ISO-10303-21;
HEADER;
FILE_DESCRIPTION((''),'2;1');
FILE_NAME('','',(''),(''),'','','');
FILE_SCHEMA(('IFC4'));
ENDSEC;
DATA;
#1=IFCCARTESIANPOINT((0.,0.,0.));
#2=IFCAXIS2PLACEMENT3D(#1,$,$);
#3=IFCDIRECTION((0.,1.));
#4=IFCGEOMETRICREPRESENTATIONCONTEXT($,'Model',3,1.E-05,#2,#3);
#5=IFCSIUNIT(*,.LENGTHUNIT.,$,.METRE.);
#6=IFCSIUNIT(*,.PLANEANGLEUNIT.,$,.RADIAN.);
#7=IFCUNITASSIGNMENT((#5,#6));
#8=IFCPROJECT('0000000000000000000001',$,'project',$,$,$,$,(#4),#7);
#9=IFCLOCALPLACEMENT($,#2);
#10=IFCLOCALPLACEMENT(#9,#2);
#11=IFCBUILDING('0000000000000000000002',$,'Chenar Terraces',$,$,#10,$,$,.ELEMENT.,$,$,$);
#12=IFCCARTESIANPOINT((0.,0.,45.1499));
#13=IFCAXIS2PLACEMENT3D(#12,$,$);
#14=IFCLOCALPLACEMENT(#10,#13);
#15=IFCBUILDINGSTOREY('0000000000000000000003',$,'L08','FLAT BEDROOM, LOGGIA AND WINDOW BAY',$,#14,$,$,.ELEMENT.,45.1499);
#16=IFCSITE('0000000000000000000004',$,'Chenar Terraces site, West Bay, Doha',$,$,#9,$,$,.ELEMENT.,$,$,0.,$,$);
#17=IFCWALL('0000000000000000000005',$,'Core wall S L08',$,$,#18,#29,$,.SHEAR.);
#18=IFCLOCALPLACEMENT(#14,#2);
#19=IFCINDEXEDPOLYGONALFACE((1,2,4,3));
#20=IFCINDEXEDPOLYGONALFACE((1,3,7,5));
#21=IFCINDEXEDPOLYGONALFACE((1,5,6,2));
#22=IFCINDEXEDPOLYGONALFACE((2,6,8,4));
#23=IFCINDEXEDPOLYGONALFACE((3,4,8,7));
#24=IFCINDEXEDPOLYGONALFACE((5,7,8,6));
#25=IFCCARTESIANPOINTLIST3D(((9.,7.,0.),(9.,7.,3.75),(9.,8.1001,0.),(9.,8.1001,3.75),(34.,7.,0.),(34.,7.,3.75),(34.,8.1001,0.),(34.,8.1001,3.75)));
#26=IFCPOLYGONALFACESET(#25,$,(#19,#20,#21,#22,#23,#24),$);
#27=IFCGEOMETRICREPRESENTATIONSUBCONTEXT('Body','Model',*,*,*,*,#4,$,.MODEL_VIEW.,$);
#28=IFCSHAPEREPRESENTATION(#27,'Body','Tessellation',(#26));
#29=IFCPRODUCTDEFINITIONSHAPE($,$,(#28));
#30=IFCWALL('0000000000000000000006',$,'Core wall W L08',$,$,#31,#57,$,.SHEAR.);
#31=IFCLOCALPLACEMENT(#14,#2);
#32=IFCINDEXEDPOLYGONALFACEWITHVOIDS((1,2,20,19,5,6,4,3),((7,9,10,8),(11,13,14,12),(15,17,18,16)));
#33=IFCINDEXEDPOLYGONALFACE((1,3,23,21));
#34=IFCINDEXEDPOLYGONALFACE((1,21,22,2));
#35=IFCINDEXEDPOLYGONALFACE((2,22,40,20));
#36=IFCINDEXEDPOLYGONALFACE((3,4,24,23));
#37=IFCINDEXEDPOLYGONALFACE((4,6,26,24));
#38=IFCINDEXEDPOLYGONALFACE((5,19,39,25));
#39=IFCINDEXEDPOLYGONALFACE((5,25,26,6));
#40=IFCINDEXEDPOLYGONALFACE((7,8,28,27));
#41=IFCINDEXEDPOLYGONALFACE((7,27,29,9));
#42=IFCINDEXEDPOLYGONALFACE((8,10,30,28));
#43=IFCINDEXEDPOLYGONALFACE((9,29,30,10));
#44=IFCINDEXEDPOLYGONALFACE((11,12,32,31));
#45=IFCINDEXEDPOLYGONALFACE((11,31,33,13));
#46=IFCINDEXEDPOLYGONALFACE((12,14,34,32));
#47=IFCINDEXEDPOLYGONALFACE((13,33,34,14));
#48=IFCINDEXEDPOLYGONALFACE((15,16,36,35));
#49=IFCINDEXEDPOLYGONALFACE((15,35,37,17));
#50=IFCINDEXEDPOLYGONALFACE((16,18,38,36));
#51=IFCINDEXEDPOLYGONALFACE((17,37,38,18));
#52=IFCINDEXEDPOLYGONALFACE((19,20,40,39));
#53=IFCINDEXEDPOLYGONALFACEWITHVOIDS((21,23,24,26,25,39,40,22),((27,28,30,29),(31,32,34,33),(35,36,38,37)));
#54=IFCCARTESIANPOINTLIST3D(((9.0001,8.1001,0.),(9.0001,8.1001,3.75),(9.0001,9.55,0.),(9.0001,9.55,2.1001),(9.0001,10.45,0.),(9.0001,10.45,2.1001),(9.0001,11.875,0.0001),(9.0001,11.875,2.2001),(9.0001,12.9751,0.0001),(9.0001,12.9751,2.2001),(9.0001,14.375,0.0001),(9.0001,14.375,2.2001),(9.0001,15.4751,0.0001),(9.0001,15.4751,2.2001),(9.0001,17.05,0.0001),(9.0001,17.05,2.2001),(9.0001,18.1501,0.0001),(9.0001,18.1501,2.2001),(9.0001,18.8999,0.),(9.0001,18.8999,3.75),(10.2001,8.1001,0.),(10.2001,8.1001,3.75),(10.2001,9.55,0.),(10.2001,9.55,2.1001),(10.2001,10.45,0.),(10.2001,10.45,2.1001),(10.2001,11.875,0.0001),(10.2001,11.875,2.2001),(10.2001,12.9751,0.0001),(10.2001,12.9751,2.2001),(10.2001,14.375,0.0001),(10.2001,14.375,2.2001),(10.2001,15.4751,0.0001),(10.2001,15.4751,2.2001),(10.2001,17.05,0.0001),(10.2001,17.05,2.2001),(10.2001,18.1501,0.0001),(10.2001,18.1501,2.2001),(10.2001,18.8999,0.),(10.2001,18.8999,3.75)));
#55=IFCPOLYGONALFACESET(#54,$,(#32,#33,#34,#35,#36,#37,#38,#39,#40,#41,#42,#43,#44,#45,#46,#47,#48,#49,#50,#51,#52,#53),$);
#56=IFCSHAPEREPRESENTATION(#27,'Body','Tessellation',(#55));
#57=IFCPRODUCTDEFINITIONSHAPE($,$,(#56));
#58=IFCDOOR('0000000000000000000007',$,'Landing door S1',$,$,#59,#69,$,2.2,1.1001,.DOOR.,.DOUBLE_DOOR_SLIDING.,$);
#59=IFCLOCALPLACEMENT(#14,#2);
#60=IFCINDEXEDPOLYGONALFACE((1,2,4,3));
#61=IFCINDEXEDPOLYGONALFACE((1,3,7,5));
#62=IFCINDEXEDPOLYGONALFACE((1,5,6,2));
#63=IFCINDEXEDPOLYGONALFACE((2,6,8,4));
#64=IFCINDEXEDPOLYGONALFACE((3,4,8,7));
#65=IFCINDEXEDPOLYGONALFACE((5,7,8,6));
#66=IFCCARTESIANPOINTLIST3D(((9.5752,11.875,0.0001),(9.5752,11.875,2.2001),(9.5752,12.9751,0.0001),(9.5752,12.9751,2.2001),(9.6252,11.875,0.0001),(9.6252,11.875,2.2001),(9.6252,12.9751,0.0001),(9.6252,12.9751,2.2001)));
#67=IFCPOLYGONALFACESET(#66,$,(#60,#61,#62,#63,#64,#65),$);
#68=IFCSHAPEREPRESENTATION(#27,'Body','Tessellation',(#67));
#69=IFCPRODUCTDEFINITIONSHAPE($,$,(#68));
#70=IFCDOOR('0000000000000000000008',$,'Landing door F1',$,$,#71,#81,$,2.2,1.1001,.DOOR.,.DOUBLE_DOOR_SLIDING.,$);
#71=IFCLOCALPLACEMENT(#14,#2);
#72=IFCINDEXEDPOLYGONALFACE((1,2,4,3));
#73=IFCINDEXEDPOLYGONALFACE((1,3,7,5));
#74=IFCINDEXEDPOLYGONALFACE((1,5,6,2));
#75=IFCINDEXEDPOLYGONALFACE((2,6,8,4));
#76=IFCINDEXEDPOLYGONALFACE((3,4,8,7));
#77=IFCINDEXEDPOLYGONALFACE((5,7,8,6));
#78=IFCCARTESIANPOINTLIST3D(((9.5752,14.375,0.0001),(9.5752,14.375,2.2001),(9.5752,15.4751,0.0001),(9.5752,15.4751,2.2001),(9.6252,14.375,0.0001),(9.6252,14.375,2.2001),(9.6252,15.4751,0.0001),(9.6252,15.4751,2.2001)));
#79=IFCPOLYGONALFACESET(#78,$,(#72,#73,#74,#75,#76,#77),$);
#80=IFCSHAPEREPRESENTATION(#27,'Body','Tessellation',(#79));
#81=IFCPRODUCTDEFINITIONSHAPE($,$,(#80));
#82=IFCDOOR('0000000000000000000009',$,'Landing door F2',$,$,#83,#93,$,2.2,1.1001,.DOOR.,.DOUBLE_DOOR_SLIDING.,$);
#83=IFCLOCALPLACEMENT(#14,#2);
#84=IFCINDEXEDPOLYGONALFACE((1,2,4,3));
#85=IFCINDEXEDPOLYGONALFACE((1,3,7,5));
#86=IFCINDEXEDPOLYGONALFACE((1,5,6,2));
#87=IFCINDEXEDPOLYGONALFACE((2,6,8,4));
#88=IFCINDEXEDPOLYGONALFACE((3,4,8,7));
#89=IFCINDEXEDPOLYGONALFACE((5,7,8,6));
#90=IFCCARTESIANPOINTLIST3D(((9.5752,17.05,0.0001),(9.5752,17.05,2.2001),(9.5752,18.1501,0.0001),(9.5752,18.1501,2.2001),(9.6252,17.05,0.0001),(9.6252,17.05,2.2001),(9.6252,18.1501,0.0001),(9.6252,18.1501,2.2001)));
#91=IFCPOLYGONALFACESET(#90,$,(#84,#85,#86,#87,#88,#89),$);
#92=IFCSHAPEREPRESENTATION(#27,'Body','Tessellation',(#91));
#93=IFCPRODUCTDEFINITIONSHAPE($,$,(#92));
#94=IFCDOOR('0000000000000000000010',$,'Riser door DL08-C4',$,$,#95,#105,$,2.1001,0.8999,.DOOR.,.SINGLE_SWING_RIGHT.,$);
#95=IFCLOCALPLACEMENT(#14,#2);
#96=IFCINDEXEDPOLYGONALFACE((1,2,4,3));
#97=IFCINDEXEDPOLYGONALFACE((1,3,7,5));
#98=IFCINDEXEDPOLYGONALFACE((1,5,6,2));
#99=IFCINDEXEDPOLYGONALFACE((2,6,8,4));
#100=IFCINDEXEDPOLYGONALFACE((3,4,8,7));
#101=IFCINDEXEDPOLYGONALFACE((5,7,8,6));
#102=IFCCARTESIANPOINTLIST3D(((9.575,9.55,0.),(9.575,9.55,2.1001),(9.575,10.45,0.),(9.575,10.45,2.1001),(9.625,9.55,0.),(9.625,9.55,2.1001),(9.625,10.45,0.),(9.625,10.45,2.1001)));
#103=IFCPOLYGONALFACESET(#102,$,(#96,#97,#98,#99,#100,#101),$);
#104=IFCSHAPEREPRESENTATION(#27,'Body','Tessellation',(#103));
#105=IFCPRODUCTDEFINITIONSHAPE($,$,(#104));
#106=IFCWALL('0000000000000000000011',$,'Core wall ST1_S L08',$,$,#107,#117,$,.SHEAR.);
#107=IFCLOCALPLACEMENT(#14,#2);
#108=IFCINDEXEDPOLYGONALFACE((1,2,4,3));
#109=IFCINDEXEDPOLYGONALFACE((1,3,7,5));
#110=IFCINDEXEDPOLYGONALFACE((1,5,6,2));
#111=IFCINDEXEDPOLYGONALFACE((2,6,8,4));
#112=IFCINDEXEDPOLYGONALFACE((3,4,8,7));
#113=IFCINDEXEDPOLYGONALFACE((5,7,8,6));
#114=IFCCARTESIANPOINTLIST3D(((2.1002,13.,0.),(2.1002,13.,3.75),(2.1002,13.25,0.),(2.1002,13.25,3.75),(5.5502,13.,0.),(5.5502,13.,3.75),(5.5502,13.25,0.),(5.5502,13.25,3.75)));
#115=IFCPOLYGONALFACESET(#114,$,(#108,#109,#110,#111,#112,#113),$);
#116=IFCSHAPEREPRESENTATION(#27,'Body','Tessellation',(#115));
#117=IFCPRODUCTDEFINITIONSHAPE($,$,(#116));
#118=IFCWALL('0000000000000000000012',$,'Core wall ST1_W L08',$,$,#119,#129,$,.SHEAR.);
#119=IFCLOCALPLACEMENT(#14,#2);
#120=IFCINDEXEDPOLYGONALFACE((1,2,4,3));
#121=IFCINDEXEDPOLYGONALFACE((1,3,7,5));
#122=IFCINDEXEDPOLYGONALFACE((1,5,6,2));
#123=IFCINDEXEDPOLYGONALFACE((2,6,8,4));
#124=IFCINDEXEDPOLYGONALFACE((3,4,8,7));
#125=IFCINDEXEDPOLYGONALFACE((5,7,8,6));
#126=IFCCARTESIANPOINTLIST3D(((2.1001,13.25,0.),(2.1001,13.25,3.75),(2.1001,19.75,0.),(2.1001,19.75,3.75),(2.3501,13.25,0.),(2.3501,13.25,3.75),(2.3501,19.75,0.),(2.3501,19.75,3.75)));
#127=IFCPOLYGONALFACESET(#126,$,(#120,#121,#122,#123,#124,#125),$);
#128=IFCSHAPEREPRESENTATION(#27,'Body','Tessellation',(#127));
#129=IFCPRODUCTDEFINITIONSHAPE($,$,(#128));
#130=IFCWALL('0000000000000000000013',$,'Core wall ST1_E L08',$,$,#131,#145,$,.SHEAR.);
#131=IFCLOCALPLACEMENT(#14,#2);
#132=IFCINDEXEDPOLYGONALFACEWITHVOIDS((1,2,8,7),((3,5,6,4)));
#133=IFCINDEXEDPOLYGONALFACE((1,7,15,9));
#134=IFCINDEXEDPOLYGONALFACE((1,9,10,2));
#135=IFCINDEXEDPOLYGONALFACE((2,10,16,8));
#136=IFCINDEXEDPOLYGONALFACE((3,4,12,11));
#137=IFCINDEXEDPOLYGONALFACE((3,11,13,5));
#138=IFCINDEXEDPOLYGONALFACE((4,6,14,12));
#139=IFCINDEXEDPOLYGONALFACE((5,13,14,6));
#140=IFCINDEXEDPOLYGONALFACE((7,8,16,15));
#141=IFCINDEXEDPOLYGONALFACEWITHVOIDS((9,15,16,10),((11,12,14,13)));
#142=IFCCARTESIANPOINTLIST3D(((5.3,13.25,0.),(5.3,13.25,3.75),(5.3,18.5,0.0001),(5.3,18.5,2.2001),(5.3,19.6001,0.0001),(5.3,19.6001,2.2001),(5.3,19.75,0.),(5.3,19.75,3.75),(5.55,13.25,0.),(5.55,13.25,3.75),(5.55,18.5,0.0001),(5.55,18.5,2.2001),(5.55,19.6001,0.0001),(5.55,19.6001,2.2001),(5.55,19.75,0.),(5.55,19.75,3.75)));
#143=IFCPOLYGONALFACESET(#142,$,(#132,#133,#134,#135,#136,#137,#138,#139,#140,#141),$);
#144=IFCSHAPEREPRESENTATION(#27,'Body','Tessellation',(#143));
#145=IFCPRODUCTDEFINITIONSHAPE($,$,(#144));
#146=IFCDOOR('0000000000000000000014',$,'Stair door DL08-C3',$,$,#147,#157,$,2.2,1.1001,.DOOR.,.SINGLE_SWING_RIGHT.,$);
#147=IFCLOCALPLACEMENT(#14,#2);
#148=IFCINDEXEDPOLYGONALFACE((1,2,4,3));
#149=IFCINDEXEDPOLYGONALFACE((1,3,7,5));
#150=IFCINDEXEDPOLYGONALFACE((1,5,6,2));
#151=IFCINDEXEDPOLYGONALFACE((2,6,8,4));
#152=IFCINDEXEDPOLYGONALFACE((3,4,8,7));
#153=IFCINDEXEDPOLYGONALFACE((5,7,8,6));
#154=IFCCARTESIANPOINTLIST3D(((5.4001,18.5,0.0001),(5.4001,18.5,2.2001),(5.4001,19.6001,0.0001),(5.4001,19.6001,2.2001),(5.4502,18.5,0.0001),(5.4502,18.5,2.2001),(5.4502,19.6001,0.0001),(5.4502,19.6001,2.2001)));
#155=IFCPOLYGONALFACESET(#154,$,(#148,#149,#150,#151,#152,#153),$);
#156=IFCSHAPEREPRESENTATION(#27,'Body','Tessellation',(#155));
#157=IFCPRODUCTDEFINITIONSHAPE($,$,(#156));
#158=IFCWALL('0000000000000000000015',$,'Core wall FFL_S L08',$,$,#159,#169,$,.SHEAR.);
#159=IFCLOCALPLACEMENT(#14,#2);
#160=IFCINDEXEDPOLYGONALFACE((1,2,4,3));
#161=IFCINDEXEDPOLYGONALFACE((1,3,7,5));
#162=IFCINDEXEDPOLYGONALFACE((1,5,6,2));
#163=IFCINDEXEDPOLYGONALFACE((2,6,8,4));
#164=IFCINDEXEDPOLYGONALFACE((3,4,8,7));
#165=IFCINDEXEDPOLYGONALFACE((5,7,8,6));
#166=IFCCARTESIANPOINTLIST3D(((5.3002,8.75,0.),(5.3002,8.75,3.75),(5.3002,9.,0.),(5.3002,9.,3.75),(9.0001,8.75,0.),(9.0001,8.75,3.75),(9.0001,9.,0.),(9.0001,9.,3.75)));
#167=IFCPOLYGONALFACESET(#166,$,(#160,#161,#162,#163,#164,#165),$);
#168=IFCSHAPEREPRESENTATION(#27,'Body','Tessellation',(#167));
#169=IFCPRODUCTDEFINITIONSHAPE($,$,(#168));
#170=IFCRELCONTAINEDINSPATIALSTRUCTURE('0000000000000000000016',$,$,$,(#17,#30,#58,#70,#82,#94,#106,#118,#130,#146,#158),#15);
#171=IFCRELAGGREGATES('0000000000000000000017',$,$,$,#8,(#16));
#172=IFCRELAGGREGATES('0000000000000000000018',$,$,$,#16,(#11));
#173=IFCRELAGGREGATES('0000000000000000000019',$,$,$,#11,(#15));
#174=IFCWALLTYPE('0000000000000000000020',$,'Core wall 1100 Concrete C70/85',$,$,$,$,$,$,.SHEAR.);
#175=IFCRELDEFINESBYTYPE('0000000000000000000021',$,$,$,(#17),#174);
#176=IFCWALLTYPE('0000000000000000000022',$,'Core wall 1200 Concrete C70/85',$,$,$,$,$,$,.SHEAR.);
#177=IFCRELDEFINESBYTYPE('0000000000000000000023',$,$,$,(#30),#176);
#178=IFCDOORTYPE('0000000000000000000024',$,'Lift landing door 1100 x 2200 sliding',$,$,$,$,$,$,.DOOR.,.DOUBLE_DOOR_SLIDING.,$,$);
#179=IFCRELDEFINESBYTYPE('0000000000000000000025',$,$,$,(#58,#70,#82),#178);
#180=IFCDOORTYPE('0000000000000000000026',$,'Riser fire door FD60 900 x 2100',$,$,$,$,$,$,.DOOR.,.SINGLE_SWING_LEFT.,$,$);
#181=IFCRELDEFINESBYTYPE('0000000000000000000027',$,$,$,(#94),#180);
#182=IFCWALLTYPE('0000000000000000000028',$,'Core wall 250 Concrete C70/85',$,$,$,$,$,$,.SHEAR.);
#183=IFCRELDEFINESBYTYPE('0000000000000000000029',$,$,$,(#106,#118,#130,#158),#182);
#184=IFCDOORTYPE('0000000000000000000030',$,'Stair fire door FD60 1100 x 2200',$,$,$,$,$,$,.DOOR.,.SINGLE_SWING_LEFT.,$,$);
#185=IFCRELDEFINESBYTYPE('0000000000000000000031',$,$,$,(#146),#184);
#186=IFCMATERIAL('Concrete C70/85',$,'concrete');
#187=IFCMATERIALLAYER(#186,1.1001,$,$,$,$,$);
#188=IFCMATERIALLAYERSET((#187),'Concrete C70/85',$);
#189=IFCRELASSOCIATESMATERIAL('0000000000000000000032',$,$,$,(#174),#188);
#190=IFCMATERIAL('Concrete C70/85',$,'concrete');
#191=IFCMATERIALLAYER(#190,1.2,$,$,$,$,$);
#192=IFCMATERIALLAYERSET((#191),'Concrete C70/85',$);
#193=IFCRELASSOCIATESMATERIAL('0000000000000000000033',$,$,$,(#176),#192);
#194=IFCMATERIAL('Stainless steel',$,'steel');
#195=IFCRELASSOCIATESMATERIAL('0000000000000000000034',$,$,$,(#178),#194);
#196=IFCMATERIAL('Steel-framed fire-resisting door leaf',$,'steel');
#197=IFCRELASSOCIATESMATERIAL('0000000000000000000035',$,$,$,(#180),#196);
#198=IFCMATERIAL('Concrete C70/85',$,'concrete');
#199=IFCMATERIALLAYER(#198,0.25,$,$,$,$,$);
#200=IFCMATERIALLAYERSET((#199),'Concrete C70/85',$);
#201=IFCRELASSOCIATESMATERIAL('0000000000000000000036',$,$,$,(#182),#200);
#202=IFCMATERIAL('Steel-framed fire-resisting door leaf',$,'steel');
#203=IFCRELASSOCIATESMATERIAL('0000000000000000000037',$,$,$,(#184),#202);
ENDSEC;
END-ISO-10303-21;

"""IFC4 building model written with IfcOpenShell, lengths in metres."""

from ifc_helpers import new_model, si_unit, direction, frame, frame_2d, origin, place, context, subcontext, project, spatial, rectangle, extrude, material, layer, layer_set, type_object, element, fill, save


model = new_model("IFC4")

# Units and contexts
model_context = context("Model", 3, precision=1e-05, world=origin(), true_north=direction((0.0, 1.0)))
body_context = subcontext(model_context, "Body", "Model", "MODEL_VIEW")
ifc_project = project(units=[si_unit("LENGTHUNIT", "METRE"), si_unit("PLANEANGLEUNIT", "RADIAN")], contexts=[model_context])

# Site, building, storey
site_placement = place(None, origin())
site = spatial("IfcSite", under=ifc_project, at=site_placement, Name="Chenar Terraces site, West Bay, Doha", CompositionType="ELEMENT", RefElevation=0.0)
building_placement = place(site_placement, origin())
building = spatial("IfcBuilding", under=site, at=building_placement, Name="Chenar Terraces", CompositionType="ELEMENT")
storey_placement = place(building_placement, frame((0.0, 0.0, 45.1499)))
storey = spatial("IfcBuildingStorey", under=building, at=storey_placement, Name="L08", Description="FLAT BEDROOM, LOGGIA AND WINDOW BAY", CompositionType="ELEMENT", Elevation=45.1499)

# Wall
ifc_material_1 = material(Name="Concrete C70/85", Category="concrete")
ifc_layer_1 = layer(ifc_material_1, 1.1001)
ifc_layer_set_1 = layer_set([ifc_layer_1], Name="Concrete C70/85")
wall_type_1 = type_object("IfcWallType", Name="Core wall 1100 Concrete C70/85", PredefinedType="SHEAR", material=ifc_layer_set_1)
wall_1_placement = place(storey_placement, frame((9.0, 7.55, 0.0), z_axis=(0.0, 0.0, 1.0), x_axis=(1.0, 0.0, 0.0)))
element("IfcWall", 1, at=wall_1_placement, inside=storey, type_object=wall_type_1, Name="Core wall S L08", PredefinedType="SHEAR", context=body_context, shape_type="SweptSolid", body=[
    extrude(rectangle(XDim=25.0, YDim=1.1001, at=frame_2d((12.5, 0.0))), origin(), (0.0, 0.0, 1.0), 3.75),
])

# Wall, openings, doors
ifc_material_2 = material(Name="Concrete C70/85", Category="concrete")
ifc_layer_2 = layer(ifc_material_2, 1.2)
ifc_layer_set_2 = layer_set([ifc_layer_2], Name="Concrete C70/85")
wall_type_2 = type_object("IfcWallType", Name="Core wall 1200 Concrete C70/85", PredefinedType="SHEAR", material=ifc_layer_set_2)
wall_2_placement = place(storey_placement, frame((9.6001, 8.1001, 0.0), z_axis=(0.0, 0.0, 1.0), x_axis=(0.0, 1.0, 0.0)))
wall_2 = element("IfcWall", 2, at=wall_2_placement, inside=storey, type_object=wall_type_2, Name="Core wall W L08", PredefinedType="SHEAR", context=body_context, shape_type="SweptSolid", body=[
    extrude(rectangle(XDim=10.7998, YDim=1.2, at=frame_2d((5.3999, 0.0))), origin(), (0.0, 0.0, 1.0), 3.75),
])
opening_1_placement = place(wall_2_placement, frame((3.7749, 0.0, 0.0)))
opening_1 = element("IfcOpeningElement", 3, at=opening_1_placement, cuts=wall_2, PredefinedType="OPENING", context=body_context, shape_type="SweptSolid", body=[
    extrude(rectangle(XDim=1.1001, YDim=2.2, at=frame_2d((0.55, 1.1001))), frame((0.0, 0.6099, 0.0), z_axis=(0.0, -1.0, 0.0), x_axis=(1.0, 0.0, 0.0)), (0.0, 0.0, 1.0), 1.22),
])
opening_2_placement = place(wall_2_placement, frame((6.2749, 0.0, 0.0)))
opening_2 = element("IfcOpeningElement", 4, at=opening_2_placement, cuts=wall_2, PredefinedType="OPENING", context=body_context, shape_type="SweptSolid", body=[
    extrude(rectangle(XDim=1.1001, YDim=2.2, at=frame_2d((0.55, 1.1001))), frame((0.0, 0.6099, 0.0), z_axis=(0.0, -1.0, 0.0), x_axis=(1.0, 0.0, 0.0)), (0.0, 0.0, 1.0), 1.22),
])
opening_3_placement = place(wall_2_placement, frame((8.95, 0.0, 0.0)))
opening_3 = element("IfcOpeningElement", 5, at=opening_3_placement, cuts=wall_2, PredefinedType="OPENING", context=body_context, shape_type="SweptSolid", body=[
    extrude(rectangle(XDim=1.1001, YDim=2.2, at=frame_2d((0.55, 1.1001))), frame((0.0, 0.6099, 0.0), z_axis=(0.0, -1.0, 0.0), x_axis=(1.0, 0.0, 0.0)), (0.0, 0.0, 1.0), 1.22),
])
opening_4_placement = place(wall_2_placement, frame((1.45, 0.0, 0.0)))
opening_4 = element("IfcOpeningElement", 6, at=opening_4_placement, cuts=wall_2, PredefinedType="OPENING", context=body_context, shape_type="SweptSolid", body=[
    extrude(rectangle(XDim=0.8999, YDim=2.1001, at=frame_2d((0.45, 1.05))), frame((0.0, 0.6099, 0.0), z_axis=(0.0, -1.0, 0.0), x_axis=(1.0, 0.0, 0.0)), (0.0, 0.0, 1.0), 1.22),
])
ifc_material_3 = material(Name="Stainless steel", Category="steel")
door_type_1 = type_object("IfcDoorType", Name="Lift landing door 1100 x 2200 sliding", OperationType="DOUBLE_DOOR_SLIDING", PredefinedType="DOOR", material=ifc_material_3)
door_1_placement = place(opening_1_placement, origin())
door_1 = element("IfcDoor", 7, at=door_1_placement, inside=storey, type_object=door_type_1, Name="Landing door S1", OperationType="DOUBLE_DOOR_SLIDING", OverallHeight=2.2, OverallWidth=1.1001, PredefinedType="DOOR", context=body_context, shape_type="SweptSolid", body=[
    extrude(rectangle(XDim=1.1001, YDim=2.2, at=frame_2d((0.55, 1.1001))), frame((0.0, 0.0249, 0.0), z_axis=(0.0, -1.0, 0.0), x_axis=(1.0, 0.0, 0.0)), (0.0, 0.0, 1.0), 0.05),
])
fill(opening_1, door_1)
door_2_placement = place(opening_2_placement, origin())
door_2 = element("IfcDoor", 8, at=door_2_placement, inside=storey, type_object=door_type_1, Name="Landing door F1", OperationType="DOUBLE_DOOR_SLIDING", OverallHeight=2.2, OverallWidth=1.1001, PredefinedType="DOOR", context=body_context, shape_type="SweptSolid", body=[
    extrude(rectangle(XDim=1.1001, YDim=2.2, at=frame_2d((0.55, 1.1001))), frame((0.0, 0.0249, 0.0), z_axis=(0.0, -1.0, 0.0), x_axis=(1.0, 0.0, 0.0)), (0.0, 0.0, 1.0), 0.05),
])
fill(opening_2, door_2)
door_3_placement = place(opening_3_placement, origin())
door_3 = element("IfcDoor", 9, at=door_3_placement, inside=storey, type_object=door_type_1, Name="Landing door F2", OperationType="DOUBLE_DOOR_SLIDING", OverallHeight=2.2, OverallWidth=1.1001, PredefinedType="DOOR", context=body_context, shape_type="SweptSolid", body=[
    extrude(rectangle(XDim=1.1001, YDim=2.2, at=frame_2d((0.55, 1.1001))), frame((0.0, 0.0249, 0.0), z_axis=(0.0, -1.0, 0.0), x_axis=(1.0, 0.0, 0.0)), (0.0, 0.0, 1.0), 0.05),
])
fill(opening_3, door_3)
ifc_material_4 = material(Name="Steel-framed fire-resisting door leaf", Category="steel")
door_type_2 = type_object("IfcDoorType", Name="Riser fire door FD60 900 x 2100", OperationType="SINGLE_SWING_LEFT", PredefinedType="DOOR", material=ifc_material_4)
door_4_placement = place(opening_4_placement, frame((0.8999, 0.0, 0.0), z_axis=(0.0, 0.0, 1.0), x_axis=(-1.0, 0.0, 0.0)))
door_4 = element("IfcDoor", 10, at=door_4_placement, inside=storey, type_object=door_type_2, Name="Riser door DL08-C4", OperationType="SINGLE_SWING_RIGHT", OverallHeight=2.1001, OverallWidth=0.8999, PredefinedType="DOOR", context=body_context, shape_type="SweptSolid", body=[
    extrude(rectangle(XDim=0.8999, YDim=2.1001, at=frame_2d((0.45, 1.05))), frame((0.0, 0.0249, 0.0), z_axis=(0.0, -1.0, 0.0), x_axis=(1.0, 0.0, 0.0)), (0.0, 0.0, 1.0), 0.05),
])
fill(opening_4, door_4)

# Walls
ifc_material_5 = material(Name="Concrete C70/85", Category="concrete")
ifc_layer_3 = layer(ifc_material_5, 0.25)
ifc_layer_set_3 = layer_set([ifc_layer_3], Name="Concrete C70/85")
wall_type_3 = type_object("IfcWallType", Name="Core wall 250 Concrete C70/85", PredefinedType="SHEAR", material=ifc_layer_set_3)
wall_3_placement = place(storey_placement, frame((2.1001, 13.125, 0.0), z_axis=(0.0, 0.0, 1.0), x_axis=(1.0, 0.0, 0.0)))
element("IfcWall", 11, at=wall_3_placement, inside=storey, type_object=wall_type_3, Name="Core wall ST1_S L08", PredefinedType="SHEAR", context=body_context, shape_type="SweptSolid", body=[
    extrude(rectangle(XDim=3.45, YDim=0.25, at=frame_2d((1.7251, 0.0))), origin(), (0.0, 0.0, 1.0), 3.75),
])
wall_4_placement = place(storey_placement, frame((2.2251, 13.25, 0.0), z_axis=(0.0, 0.0, 1.0), x_axis=(0.0, 1.0, 0.0)))
element("IfcWall", 12, at=wall_4_placement, inside=storey, type_object=wall_type_3, Name="Core wall ST1_W L08", PredefinedType="SHEAR", context=body_context, shape_type="SweptSolid", body=[
    extrude(rectangle(XDim=6.5, YDim=0.25, at=frame_2d((3.25, 0.0))), origin(), (0.0, 0.0, 1.0), 3.75),
])

# Wall, opening, door
wall_5_placement = place(storey_placement, frame((5.425, 13.25, 0.0), z_axis=(0.0, 0.0, 1.0), x_axis=(0.0, 1.0, 0.0)))
wall_5 = element("IfcWall", 13, at=wall_5_placement, inside=storey, type_object=wall_type_3, Name="Core wall ST1_E L08", PredefinedType="SHEAR", context=body_context, shape_type="SweptSolid", body=[
    extrude(rectangle(XDim=6.5, YDim=0.25, at=frame_2d((3.25, 0.0))), origin(), (0.0, 0.0, 1.0), 3.75),
])
opening_5_placement = place(wall_5_placement, frame((5.25, 0.0, 0.0)))
opening_5 = element("IfcOpeningElement", 14, at=opening_5_placement, cuts=wall_5, PredefinedType="OPENING", context=body_context, shape_type="SweptSolid", body=[
    extrude(rectangle(XDim=1.1001, YDim=2.2, at=frame_2d((0.55, 1.1001))), frame((0.0, 0.135, 0.0), z_axis=(0.0, -1.0, 0.0), x_axis=(1.0, 0.0, 0.0)), (0.0, 0.0, 1.0), 0.27),
])
ifc_material_6 = material(Name="Steel-framed fire-resisting door leaf", Category="steel")
door_type_3 = type_object("IfcDoorType", Name="Stair fire door FD60 1100 x 2200", OperationType="SINGLE_SWING_LEFT", PredefinedType="DOOR", material=ifc_material_6)
door_5_placement = place(opening_5_placement, origin())
door_5 = element("IfcDoor", 15, at=door_5_placement, inside=storey, type_object=door_type_3, Name="Stair door DL08-C3", OperationType="SINGLE_SWING_RIGHT", OverallHeight=2.2, OverallWidth=1.1001, PredefinedType="DOOR", context=body_context, shape_type="SweptSolid", body=[
    extrude(rectangle(XDim=1.1001, YDim=2.2, at=frame_2d((0.55, 1.1001))), frame((0.0, 0.0249, 0.0), z_axis=(0.0, -1.0, 0.0), x_axis=(1.0, 0.0, 0.0)), (0.0, 0.0, 1.0), 0.05),
])
fill(opening_5, door_5)

# Wall
wall_6_placement = place(storey_placement, frame((5.3, 8.875, 0.0), z_axis=(0.0, 0.0, 1.0), x_axis=(1.0, 0.0, 0.0)))
element("IfcWall", 16, at=wall_6_placement, inside=storey, type_object=wall_type_3, Name="Core wall FFL_S L08", PredefinedType="SHEAR", context=body_context, shape_type="SweptSolid", body=[
    extrude(rectangle(XDim=3.7, YDim=0.25, at=frame_2d((1.8501, 0.0))), origin(), (0.0, 0.0, 1.0), 3.75),
])

save(model, "model.ifc")
